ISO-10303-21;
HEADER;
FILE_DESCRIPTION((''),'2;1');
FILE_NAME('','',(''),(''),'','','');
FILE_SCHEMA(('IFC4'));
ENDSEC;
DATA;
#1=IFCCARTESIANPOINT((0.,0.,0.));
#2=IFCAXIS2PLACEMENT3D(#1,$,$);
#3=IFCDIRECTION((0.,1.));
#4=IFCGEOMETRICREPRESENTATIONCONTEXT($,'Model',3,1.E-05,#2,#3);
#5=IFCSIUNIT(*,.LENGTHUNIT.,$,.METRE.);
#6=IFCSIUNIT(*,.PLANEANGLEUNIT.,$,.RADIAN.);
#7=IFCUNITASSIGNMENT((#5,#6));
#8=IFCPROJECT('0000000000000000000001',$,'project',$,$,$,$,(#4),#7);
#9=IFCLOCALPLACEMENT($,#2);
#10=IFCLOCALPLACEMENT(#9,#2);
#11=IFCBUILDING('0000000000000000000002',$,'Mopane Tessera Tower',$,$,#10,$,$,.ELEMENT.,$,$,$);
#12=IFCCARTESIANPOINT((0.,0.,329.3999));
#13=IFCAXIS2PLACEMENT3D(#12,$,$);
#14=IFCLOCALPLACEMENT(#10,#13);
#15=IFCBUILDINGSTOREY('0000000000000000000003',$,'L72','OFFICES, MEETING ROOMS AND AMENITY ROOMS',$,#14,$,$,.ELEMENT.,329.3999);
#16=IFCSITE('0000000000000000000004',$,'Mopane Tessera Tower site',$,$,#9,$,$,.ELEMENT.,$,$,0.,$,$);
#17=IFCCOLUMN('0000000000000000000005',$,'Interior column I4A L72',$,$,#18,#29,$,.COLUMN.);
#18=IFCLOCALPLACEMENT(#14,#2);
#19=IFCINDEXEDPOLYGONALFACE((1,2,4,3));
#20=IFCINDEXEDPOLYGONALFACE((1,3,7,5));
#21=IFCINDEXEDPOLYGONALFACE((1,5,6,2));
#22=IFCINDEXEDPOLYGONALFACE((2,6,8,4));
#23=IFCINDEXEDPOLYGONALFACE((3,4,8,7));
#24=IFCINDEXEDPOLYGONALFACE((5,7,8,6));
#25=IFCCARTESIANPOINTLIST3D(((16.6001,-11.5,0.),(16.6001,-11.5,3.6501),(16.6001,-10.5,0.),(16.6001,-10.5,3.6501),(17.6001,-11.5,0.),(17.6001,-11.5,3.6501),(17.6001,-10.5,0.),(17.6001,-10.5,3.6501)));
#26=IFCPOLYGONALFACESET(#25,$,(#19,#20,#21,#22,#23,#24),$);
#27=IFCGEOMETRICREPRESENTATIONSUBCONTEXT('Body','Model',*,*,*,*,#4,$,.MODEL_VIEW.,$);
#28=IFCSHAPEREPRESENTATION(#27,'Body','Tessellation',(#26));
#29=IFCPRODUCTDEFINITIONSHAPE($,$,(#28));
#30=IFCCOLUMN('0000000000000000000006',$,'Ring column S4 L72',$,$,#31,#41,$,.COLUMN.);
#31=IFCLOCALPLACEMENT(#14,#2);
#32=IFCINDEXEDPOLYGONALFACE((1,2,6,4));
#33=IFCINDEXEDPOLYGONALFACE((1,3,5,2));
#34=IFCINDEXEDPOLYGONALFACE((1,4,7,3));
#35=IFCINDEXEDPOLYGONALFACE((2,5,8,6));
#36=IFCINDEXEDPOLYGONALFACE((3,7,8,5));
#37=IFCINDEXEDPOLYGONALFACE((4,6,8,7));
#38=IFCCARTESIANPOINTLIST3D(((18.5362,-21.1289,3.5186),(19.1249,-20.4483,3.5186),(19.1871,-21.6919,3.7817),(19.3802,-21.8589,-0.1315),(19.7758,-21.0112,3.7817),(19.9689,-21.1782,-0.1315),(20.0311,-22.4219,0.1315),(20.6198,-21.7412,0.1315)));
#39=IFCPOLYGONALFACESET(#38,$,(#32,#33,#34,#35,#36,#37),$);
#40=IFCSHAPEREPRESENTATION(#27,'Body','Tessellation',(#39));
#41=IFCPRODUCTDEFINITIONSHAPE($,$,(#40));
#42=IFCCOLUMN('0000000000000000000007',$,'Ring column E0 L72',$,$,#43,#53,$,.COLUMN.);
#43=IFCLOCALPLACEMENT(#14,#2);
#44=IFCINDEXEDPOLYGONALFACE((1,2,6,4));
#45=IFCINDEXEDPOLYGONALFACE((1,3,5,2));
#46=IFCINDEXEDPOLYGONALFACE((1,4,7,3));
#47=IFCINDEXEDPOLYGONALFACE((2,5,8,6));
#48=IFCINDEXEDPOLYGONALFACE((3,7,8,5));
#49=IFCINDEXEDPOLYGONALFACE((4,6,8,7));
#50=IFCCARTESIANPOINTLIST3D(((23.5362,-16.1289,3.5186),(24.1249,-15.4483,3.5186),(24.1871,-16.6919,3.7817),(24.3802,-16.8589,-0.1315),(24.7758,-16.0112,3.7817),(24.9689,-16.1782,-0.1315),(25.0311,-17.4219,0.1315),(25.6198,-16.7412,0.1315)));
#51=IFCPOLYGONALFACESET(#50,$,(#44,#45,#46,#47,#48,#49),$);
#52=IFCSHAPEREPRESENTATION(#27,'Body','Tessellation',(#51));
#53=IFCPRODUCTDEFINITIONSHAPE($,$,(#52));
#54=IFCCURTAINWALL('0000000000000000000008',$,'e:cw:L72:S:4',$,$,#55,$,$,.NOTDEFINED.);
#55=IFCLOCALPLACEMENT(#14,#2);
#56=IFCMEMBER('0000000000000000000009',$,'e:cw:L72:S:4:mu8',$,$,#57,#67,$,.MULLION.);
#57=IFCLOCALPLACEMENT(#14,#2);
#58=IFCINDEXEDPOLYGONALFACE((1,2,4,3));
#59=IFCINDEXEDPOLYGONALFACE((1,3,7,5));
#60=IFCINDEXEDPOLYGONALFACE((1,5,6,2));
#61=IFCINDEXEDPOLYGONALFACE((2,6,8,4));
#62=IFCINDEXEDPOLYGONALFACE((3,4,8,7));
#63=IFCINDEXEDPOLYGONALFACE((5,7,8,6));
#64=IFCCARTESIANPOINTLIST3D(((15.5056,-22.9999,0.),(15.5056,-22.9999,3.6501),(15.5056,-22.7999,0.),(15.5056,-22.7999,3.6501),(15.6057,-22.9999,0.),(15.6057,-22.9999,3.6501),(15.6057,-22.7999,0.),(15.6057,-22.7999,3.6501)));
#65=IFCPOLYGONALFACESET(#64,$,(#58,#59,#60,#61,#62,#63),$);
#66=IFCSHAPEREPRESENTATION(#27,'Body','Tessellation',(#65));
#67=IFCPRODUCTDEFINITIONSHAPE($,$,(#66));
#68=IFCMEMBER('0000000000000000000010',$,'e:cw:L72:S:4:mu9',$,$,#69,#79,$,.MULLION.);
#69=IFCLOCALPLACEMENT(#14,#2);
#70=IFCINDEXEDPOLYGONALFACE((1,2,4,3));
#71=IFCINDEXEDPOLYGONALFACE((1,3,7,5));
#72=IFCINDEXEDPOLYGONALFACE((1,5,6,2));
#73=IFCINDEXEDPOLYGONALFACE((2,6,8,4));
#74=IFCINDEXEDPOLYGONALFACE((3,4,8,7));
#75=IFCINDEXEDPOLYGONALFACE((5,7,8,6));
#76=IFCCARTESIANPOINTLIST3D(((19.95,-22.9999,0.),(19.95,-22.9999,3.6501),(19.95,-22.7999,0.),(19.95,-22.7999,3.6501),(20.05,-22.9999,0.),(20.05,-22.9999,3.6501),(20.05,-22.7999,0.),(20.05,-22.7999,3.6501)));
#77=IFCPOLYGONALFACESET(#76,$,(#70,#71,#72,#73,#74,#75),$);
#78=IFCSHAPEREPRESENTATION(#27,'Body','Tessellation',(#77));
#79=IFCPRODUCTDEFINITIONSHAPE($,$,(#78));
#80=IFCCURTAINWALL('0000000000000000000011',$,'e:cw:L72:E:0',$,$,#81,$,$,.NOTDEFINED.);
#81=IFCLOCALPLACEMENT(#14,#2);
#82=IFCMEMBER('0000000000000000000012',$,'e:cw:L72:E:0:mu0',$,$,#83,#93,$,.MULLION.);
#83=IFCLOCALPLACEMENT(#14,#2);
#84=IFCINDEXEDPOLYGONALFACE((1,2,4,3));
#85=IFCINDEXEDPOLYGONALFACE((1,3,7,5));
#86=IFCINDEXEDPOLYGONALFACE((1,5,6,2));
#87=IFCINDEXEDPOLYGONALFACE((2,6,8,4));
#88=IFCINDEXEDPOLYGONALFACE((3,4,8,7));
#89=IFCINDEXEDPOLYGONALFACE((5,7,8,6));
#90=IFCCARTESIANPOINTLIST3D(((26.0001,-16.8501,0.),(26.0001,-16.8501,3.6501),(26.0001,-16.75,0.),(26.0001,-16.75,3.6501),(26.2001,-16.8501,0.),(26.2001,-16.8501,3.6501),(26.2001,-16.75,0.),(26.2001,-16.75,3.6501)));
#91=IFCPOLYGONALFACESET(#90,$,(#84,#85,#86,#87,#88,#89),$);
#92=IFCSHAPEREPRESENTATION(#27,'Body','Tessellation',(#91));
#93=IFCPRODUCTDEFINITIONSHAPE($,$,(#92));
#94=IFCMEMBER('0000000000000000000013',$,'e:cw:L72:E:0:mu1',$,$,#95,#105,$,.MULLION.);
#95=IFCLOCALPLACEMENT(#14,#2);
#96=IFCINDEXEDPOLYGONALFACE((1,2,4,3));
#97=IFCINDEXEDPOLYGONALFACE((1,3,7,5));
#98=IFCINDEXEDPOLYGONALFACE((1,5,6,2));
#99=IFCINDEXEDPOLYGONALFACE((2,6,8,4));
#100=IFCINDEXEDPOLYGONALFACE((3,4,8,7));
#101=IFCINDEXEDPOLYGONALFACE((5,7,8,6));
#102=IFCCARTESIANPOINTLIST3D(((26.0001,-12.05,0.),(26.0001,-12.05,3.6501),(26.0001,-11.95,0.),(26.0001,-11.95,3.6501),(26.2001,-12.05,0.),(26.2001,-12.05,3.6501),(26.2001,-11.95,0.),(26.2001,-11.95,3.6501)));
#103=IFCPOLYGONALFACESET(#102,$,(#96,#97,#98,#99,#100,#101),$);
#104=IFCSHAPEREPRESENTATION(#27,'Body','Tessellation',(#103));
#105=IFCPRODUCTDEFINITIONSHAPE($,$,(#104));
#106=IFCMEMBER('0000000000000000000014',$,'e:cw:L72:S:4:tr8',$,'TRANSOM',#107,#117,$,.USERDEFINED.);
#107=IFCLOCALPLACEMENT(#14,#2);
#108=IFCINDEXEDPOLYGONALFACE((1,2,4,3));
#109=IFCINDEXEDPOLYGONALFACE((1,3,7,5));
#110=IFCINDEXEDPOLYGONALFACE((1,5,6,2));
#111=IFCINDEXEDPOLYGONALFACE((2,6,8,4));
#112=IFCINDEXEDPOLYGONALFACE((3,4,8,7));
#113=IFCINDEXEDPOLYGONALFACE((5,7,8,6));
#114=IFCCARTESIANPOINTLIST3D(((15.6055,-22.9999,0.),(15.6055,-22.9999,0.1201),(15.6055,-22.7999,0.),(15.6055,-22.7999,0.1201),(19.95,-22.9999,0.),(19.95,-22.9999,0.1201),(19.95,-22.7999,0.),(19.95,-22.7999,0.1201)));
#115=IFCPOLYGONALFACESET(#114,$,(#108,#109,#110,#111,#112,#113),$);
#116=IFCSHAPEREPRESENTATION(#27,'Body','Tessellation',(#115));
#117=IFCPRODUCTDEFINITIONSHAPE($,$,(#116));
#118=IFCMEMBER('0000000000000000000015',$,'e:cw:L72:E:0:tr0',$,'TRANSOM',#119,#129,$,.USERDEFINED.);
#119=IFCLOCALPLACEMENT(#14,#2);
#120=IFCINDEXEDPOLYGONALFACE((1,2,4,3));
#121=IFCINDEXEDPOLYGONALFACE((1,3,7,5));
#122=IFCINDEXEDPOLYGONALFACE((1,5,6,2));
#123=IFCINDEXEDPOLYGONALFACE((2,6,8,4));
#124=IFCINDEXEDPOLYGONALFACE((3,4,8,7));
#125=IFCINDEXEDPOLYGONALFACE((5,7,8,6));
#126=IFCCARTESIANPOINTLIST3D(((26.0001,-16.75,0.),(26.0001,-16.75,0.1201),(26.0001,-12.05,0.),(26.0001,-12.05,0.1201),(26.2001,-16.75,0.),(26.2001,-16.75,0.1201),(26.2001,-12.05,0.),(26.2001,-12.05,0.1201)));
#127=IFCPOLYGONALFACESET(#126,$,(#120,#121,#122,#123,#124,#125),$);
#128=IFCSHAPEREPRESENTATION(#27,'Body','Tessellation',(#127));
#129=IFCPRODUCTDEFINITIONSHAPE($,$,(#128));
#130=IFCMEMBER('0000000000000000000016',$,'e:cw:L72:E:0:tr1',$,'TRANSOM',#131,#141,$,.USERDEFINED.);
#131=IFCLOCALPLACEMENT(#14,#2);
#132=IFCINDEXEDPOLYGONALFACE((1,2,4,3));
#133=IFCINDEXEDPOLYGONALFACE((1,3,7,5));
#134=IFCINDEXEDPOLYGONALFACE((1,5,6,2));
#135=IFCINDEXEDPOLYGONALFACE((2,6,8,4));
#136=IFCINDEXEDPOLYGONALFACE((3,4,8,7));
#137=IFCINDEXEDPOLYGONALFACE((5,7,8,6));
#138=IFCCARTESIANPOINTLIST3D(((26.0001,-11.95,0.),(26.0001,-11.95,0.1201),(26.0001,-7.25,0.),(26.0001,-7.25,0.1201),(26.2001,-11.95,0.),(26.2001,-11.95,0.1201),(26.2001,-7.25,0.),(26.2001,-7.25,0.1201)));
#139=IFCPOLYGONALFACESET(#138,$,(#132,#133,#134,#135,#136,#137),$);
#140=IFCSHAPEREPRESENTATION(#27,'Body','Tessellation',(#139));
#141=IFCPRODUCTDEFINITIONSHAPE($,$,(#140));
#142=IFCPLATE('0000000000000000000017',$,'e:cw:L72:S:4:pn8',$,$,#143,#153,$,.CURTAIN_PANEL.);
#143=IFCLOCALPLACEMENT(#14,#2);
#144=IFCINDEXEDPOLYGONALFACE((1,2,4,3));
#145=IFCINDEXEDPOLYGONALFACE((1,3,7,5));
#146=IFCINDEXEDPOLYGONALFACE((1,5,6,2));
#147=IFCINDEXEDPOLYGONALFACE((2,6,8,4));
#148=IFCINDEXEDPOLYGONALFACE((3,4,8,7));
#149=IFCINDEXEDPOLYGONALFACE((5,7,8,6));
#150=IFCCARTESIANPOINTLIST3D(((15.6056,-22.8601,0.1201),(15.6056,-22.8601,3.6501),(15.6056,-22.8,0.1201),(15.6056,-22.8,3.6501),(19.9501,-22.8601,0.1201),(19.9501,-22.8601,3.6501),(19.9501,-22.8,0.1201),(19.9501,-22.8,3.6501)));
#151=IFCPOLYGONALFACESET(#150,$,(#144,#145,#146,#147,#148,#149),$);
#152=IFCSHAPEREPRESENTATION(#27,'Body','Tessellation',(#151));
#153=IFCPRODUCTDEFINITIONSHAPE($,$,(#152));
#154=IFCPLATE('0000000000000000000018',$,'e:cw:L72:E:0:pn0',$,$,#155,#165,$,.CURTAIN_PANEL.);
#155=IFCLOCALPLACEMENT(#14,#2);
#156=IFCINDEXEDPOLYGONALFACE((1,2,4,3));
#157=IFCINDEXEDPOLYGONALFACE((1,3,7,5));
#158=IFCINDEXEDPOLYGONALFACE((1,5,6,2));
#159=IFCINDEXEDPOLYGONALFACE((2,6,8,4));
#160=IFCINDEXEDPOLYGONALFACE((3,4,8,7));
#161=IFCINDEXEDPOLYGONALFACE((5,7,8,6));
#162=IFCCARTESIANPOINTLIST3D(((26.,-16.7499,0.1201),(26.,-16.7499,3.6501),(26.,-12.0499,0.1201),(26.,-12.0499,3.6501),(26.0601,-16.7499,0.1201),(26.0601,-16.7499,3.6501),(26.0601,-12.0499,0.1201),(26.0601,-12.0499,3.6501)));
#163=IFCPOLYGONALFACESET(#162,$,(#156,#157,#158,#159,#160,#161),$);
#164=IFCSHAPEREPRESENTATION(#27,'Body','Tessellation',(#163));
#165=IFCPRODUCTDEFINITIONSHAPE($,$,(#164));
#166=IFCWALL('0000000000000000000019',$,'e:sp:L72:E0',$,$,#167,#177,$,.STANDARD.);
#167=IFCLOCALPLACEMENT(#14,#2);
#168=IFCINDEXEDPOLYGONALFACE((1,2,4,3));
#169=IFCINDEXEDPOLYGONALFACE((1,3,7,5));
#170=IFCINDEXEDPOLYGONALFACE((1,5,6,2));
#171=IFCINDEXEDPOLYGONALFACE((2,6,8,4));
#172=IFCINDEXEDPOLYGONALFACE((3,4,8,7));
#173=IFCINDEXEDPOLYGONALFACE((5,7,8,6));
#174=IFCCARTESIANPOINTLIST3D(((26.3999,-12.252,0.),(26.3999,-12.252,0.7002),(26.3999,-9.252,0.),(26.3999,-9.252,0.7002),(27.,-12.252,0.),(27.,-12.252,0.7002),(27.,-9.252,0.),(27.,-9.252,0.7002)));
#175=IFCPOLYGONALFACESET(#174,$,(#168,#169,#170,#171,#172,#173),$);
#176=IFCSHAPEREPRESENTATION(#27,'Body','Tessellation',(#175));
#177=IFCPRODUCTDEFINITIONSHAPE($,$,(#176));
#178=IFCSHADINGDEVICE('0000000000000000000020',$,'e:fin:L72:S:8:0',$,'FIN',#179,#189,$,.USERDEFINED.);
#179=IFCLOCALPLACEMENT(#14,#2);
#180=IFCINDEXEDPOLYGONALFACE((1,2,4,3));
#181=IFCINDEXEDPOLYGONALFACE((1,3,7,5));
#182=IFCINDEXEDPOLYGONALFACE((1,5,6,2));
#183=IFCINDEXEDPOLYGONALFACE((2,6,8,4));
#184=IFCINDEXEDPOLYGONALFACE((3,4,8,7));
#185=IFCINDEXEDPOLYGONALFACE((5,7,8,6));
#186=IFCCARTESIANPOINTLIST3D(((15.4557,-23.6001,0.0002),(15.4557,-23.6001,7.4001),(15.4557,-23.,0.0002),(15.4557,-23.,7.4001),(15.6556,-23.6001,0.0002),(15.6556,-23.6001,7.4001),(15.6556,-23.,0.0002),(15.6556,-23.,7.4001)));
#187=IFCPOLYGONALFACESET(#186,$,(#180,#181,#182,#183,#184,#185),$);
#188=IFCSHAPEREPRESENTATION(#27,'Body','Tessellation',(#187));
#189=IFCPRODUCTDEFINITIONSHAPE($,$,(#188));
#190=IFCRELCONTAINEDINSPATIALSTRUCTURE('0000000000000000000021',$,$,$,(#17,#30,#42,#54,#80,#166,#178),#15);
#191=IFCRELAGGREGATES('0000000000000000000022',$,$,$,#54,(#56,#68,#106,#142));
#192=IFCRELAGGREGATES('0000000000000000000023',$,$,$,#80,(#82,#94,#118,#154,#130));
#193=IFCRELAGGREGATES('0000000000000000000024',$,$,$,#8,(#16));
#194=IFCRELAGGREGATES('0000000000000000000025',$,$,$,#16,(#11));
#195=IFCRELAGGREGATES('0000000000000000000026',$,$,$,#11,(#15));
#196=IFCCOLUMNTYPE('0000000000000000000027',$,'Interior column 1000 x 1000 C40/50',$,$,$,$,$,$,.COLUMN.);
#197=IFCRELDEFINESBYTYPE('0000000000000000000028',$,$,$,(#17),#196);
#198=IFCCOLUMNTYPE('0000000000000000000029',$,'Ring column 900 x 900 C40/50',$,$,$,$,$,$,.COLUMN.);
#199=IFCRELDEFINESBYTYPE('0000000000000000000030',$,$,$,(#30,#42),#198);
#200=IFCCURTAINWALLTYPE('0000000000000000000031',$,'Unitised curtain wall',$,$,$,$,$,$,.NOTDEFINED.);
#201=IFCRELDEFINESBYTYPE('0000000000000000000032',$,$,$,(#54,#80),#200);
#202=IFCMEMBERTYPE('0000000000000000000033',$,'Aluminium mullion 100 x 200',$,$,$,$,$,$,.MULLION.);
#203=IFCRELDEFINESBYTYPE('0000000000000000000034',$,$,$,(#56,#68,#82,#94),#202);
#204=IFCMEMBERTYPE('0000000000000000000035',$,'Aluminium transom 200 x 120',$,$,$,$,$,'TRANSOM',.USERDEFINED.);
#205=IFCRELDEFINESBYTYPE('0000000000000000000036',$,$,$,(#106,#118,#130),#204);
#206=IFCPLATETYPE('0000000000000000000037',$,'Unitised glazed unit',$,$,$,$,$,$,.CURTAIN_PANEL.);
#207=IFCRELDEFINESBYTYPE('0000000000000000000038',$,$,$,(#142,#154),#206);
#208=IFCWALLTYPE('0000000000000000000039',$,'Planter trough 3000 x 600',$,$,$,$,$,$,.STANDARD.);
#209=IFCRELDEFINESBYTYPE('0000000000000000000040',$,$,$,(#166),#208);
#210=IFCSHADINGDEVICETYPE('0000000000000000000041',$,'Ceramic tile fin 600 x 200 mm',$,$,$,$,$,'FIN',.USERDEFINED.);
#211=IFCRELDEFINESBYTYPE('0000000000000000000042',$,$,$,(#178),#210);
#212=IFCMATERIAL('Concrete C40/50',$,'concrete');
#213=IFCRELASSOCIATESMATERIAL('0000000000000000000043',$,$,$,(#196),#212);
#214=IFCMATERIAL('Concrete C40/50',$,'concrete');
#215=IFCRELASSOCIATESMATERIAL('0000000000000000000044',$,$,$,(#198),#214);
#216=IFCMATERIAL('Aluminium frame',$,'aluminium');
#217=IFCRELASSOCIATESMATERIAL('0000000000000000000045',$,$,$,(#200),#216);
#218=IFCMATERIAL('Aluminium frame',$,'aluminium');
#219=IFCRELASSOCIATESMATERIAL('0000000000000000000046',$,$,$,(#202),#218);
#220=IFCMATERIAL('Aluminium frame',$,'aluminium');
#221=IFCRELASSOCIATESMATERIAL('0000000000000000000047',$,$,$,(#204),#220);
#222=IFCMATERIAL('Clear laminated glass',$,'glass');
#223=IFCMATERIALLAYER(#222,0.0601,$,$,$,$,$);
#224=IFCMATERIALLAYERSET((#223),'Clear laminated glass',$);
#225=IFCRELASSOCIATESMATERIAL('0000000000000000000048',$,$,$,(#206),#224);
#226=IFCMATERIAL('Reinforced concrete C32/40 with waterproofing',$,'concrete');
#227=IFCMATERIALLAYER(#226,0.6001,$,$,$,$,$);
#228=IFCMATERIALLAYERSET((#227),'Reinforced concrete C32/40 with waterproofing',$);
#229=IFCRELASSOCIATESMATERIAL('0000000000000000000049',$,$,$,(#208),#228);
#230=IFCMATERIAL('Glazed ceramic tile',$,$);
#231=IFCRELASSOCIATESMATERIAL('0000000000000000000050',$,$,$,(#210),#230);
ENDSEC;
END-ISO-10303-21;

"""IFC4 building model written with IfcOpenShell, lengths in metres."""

from ifc_helpers import new_model, si_unit, direction, frame, frame_2d, origin, origin_2d, place, context, subcontext, project, spatial, rectangle, extrude, material, layer, layer_set, material_profile, profile_set, type_object, element, aggregate, save


model = new_model("IFC4")

# Units and contexts
model_context = context("Model", 3, precision=1e-05, world=origin(), true_north=direction((0.0, 1.0)))
body_context = subcontext(model_context, "Body", "Model", "MODEL_VIEW")
ifc_project = project(units=[si_unit("LENGTHUNIT", "METRE"), si_unit("PLANEANGLEUNIT", "RADIAN")], contexts=[model_context])

# Site, building, storey
site_placement = place(None, origin())
site = spatial("IfcSite", under=ifc_project, at=site_placement, Name="Mopane Tessera Tower site", CompositionType="ELEMENT", RefElevation=0.0)
building_placement = place(site_placement, origin())
building = spatial("IfcBuilding", under=site, at=building_placement, Name="Mopane Tessera Tower", CompositionType="ELEMENT")
storey_placement = place(building_placement, frame((0.0, 0.0, 329.3999)))
storey = spatial("IfcBuildingStorey", under=building, at=storey_placement, Name="L72", Description="OFFICES, MEETING ROOMS AND AMENITY ROOMS", CompositionType="ELEMENT", Elevation=329.3999)

# Columns
ifc_material_1 = material(Name="Concrete C40/50", Category="concrete")
ifc_material_profile_1 = material_profile(ifc_material_1, rectangle(XDim=1.0, YDim=1.0, at=origin_2d()))
ifc_profile_set_1 = profile_set([ifc_material_profile_1], Name="Concrete C40/50")
column_type_1 = type_object("IfcColumnType", Name="Interior column 1000 x 1000 C40/50", PredefinedType="COLUMN", material=ifc_profile_set_1)
column_placement = place(storey_placement, frame((17.1001, -11.0, 0.0), z_axis=(0.0, 0.0, 1.0), x_axis=(1.0, 0.0, 0.0)))
element("IfcColumn", 1, at=column_placement, inside=storey, type_object=column_type_1, Name="Interior column I4A L72", PredefinedType="COLUMN", context=body_context, shape_type="SweptSolid", body=[
    extrude(rectangle(XDim=1.0, YDim=1.0, at=origin_2d()), origin(), (0.0, 0.0, 1.0), 3.6501),
])
ifc_material_2 = material(Name="Concrete C40/50", Category="concrete")
ifc_material_profile_2 = material_profile(ifc_material_2, rectangle(XDim=0.8999, YDim=0.8999, at=origin_2d()))
ifc_profile_set_2 = profile_set([ifc_material_profile_2], Name="Concrete C40/50")
column_type_2 = type_object("IfcColumnType", Name="Ring column 900 x 900 C40/50", PredefinedType="COLUMN", material=ifc_profile_set_2)
for number, where, z_axis, x_axis, name in (
    (2, (20.0, -21.8, 0.0), (-0.22112, 0.191249, 0.95631), (-0.654172, -0.756346, 0.0), "Ring column S4 L72"),
    (3, (25.0, -16.8, 0.0), (-0.22112, 0.191249, 0.95631), (-0.654172, -0.756346, 0.0), "Ring column E0 L72"),
):
    element("IfcColumn", number, at=place(storey_placement, frame(where, z_axis=z_axis, x_axis=x_axis)), inside=storey, type_object=column_type_2, Name=name, PredefinedType="COLUMN", context=body_context, shape_type="SweptSolid", body=[
        extrude(rectangle(XDim=0.8999, YDim=0.8999, at=origin_2d()), origin(), (0.0, 0.0, 1.0), 3.8169),
    ])

# Curtain walls, members
ifc_material_3 = material(Name="Aluminium frame", Category="aluminium")
curtain_wall_type = type_object("IfcCurtainWallType", Name="Unitised curtain wall", PredefinedType="NOTDEFINED", material=ifc_material_3)
curtain_wall_1_placement = place(storey_placement, origin())
curtain_wall_1 = element("IfcCurtainWall", 4, at=curtain_wall_1_placement, inside=storey, type_object=curtain_wall_type, Name="e:cw:L72:S:4", PredefinedType="NOTDEFINED")
ifc_material_4 = material(Name="Aluminium frame", Category="aluminium")
ifc_material_profile_3 = material_profile(ifc_material_4, rectangle(XDim=0.1001, YDim=0.2, at=origin_2d()))
ifc_profile_set_3 = profile_set([ifc_material_profile_3], Name="Aluminium frame")
member_type_1 = type_object("IfcMemberType", Name="Aluminium mullion 100 x 200", PredefinedType="MULLION", material=ifc_profile_set_3)
member_1_placement = place(storey_placement, frame((15.5557, -22.8999, 0.0), z_axis=(0.0, 0.0, 1.0), x_axis=(1.0, 0.0, 0.0)))
member_1 = element("IfcMember", 5, at=member_1_placement, type_object=member_type_1, Name="e:cw:L72:S:4:mu8", PredefinedType="MULLION", context=body_context, shape_type="SweptSolid", body=[
    extrude(rectangle(XDim=0.1001, YDim=0.2, at=origin_2d()), origin(), (0.0, 0.0, 1.0), 3.6501),
])
member_2_placement = place(storey_placement, frame((20.0, -22.8999, 0.0), z_axis=(0.0, 0.0, 1.0), x_axis=(1.0, 0.0, 0.0)))
member_2 = element("IfcMember", 6, at=member_2_placement, type_object=member_type_1, Name="e:cw:L72:S:4:mu9", PredefinedType="MULLION", context=body_context, shape_type="SweptSolid", body=[
    extrude(rectangle(XDim=0.1001, YDim=0.2, at=origin_2d()), origin(), (0.0, 0.0, 1.0), 3.6501),
])
curtain_wall_2_placement = place(storey_placement, origin())
curtain_wall_2 = element("IfcCurtainWall", 7, at=curtain_wall_2_placement, inside=storey, type_object=curtain_wall_type, Name="e:cw:L72:E:0", PredefinedType="NOTDEFINED")
member_3_placement = place(storey_placement, frame((26.1001, -16.8, 0.0), z_axis=(0.0, 0.0, 1.0), x_axis=(0.0, 1.0, 0.0)))
member_3 = element("IfcMember", 8, at=member_3_placement, type_object=member_type_1, Name="e:cw:L72:E:0:mu0", PredefinedType="MULLION", context=body_context, shape_type="SweptSolid", body=[
    extrude(rectangle(XDim=0.1001, YDim=0.2, at=origin_2d()), origin(), (0.0, 0.0, 1.0), 3.6501),
])
member_4_placement = place(storey_placement, frame((26.1001, -12.0, 0.0), z_axis=(0.0, 0.0, 1.0), x_axis=(0.0, 1.0, 0.0)))
member_4 = element("IfcMember", 9, at=member_4_placement, type_object=member_type_1, Name="e:cw:L72:E:0:mu1", PredefinedType="MULLION", context=body_context, shape_type="SweptSolid", body=[
    extrude(rectangle(XDim=0.1001, YDim=0.2, at=origin_2d()), origin(), (0.0, 0.0, 1.0), 3.6501),
])

# Members
ifc_material_5 = material(Name="Aluminium frame", Category="aluminium")
ifc_material_profile_4 = material_profile(ifc_material_5, rectangle(XDim=0.2, YDim=0.1201, at=origin_2d()))
ifc_profile_set_4 = profile_set([ifc_material_profile_4], Name="Aluminium frame")
member_type_2 = type_object("IfcMemberType", Name="Aluminium transom 200 x 120", ElementType="TRANSOM", PredefinedType="USERDEFINED", material=ifc_profile_set_4)
member_5_placement = place(storey_placement, frame((15.6055, -22.8999, 0.0601), z_axis=(1.0, 0.0, 0.0), x_axis=(0.0, 1.0, 0.0)))
member_5 = element("IfcMember", 10, at=member_5_placement, type_object=member_type_2, Name="e:cw:L72:S:4:tr8", ObjectType="TRANSOM", PredefinedType="USERDEFINED", context=body_context, shape_type="SweptSolid", body=[
    extrude(rectangle(XDim=0.2, YDim=0.1201, at=origin_2d()), origin(), (0.0, 0.0, 1.0), 4.3445),
])
member_6_placement = place(storey_placement, frame((26.1001, -16.75, 0.0601), z_axis=(0.0, 1.0, 0.0), x_axis=(-1.0, 0.0, 0.0)))
member_6 = element("IfcMember", 11, at=member_6_placement, type_object=member_type_2, Name="e:cw:L72:E:0:tr0", ObjectType="TRANSOM", PredefinedType="USERDEFINED", context=body_context, shape_type="SweptSolid", body=[
    extrude(rectangle(XDim=0.2, YDim=0.1201, at=origin_2d()), origin(), (0.0, 0.0, 1.0), 4.7),
])
member_7_placement = place(storey_placement, frame((26.1001, -11.95, 0.0601), z_axis=(0.0, 1.0, 0.0), x_axis=(-1.0, 0.0, 0.0)))
member_7 = element("IfcMember", 12, at=member_7_placement, type_object=member_type_2, Name="e:cw:L72:E:0:tr1", ObjectType="TRANSOM", PredefinedType="USERDEFINED", context=body_context, shape_type="SweptSolid", body=[
    extrude(rectangle(XDim=0.2, YDim=0.1201, at=origin_2d()), origin(), (0.0, 0.0, 1.0), 4.7),
])

# Plates
ifc_material_6 = material(Name="Clear laminated glass", Category="glass")
ifc_layer_1 = layer(ifc_material_6, 0.0601)
ifc_layer_set_1 = layer_set([ifc_layer_1], Name="Clear laminated glass")
plate_type = type_object("IfcPlateType", Name="Unitised glazed unit", PredefinedType="CURTAIN_PANEL", material=ifc_layer_set_1)
plate_1_placement = place(storey_placement, frame((17.7778, -22.8301, 0.1201), z_axis=(0.0, 0.0, 1.0), x_axis=(1.0, 0.0, 0.0)))
plate_1 = element("IfcPlate", 13, at=plate_1_placement, type_object=plate_type, Name="e:cw:L72:S:4:pn8", PredefinedType="CURTAIN_PANEL", context=body_context, shape_type="SweptSolid", body=[
    extrude(rectangle(XDim=4.3445, YDim=0.0601, at=origin_2d()), origin(), (0.0, 0.0, 1.0), 3.53),
])
aggregate(curtain_wall_1, [member_1, member_2, member_5, plate_1])
plate_2_placement = place(storey_placement, frame((26.03, -14.3999, 0.1201), z_axis=(0.0, 0.0, 1.0), x_axis=(0.0, 1.0, 0.0)))
plate_2 = element("IfcPlate", 14, at=plate_2_placement, type_object=plate_type, Name="e:cw:L72:E:0:pn0", PredefinedType="CURTAIN_PANEL", context=body_context, shape_type="SweptSolid", body=[
    extrude(rectangle(XDim=4.7, YDim=0.0601, at=origin_2d()), origin(), (0.0, 0.0, 1.0), 3.53),
])
aggregate(curtain_wall_2, [member_3, member_4, member_6, plate_2, member_7])

# Wall
ifc_material_7 = material(Name="Reinforced concrete C32/40 with waterproofing", Category="concrete")
ifc_layer_2 = layer(ifc_material_7, 0.6001)
ifc_layer_set_2 = layer_set([ifc_layer_2], Name="Reinforced concrete C32/40 with waterproofing")
wall_type = type_object("IfcWallType", Name="Planter trough 3000 x 600", PredefinedType="STANDARD", material=ifc_layer_set_2)
wall_placement = place(storey_placement, frame((26.7, -12.252, 0.0), z_axis=(0.0, 0.0, 1.0), x_axis=(0.0, 1.0, 0.0)))
element("IfcWall", 15, at=wall_placement, inside=storey, type_object=wall_type, Name="e:sp:L72:E0", PredefinedType="STANDARD", context=body_context, shape_type="SweptSolid", body=[
    extrude(rectangle(XDim=3.0, YDim=0.6001, at=frame_2d((1.5, 0.0))), origin(), (0.0, 0.0, 1.0), 0.7002),
])

# Shading device
ifc_material_8 = material(Name="Glazed ceramic tile")
shading_device_type = type_object("IfcShadingDeviceType", Name="Ceramic tile fin 600 x 200 mm", ElementType="FIN", PredefinedType="USERDEFINED", material=ifc_material_8)
for number, where, z_axis, x_axis, name in (
    (16, (15.5557, -23.3, 0.0002), (0.0, 0.0, 1.0), (1.0, 0.0, 0.0), "e:fin:L72:S:8:0"),
):
    element("IfcShadingDevice", number, at=place(storey_placement, frame(where, z_axis=z_axis, x_axis=x_axis)), inside=storey, type_object=shading_device_type, Name=name, ObjectType="FIN", PredefinedType="USERDEFINED", context=body_context, shape_type="SweptSolid", body=[
        extrude(rectangle(XDim=0.2, YDim=0.6001, at=origin_2d()), origin(), (0.0, 0.0, 1.0), 7.3999),
    ])

save(model, "model.ifc")
